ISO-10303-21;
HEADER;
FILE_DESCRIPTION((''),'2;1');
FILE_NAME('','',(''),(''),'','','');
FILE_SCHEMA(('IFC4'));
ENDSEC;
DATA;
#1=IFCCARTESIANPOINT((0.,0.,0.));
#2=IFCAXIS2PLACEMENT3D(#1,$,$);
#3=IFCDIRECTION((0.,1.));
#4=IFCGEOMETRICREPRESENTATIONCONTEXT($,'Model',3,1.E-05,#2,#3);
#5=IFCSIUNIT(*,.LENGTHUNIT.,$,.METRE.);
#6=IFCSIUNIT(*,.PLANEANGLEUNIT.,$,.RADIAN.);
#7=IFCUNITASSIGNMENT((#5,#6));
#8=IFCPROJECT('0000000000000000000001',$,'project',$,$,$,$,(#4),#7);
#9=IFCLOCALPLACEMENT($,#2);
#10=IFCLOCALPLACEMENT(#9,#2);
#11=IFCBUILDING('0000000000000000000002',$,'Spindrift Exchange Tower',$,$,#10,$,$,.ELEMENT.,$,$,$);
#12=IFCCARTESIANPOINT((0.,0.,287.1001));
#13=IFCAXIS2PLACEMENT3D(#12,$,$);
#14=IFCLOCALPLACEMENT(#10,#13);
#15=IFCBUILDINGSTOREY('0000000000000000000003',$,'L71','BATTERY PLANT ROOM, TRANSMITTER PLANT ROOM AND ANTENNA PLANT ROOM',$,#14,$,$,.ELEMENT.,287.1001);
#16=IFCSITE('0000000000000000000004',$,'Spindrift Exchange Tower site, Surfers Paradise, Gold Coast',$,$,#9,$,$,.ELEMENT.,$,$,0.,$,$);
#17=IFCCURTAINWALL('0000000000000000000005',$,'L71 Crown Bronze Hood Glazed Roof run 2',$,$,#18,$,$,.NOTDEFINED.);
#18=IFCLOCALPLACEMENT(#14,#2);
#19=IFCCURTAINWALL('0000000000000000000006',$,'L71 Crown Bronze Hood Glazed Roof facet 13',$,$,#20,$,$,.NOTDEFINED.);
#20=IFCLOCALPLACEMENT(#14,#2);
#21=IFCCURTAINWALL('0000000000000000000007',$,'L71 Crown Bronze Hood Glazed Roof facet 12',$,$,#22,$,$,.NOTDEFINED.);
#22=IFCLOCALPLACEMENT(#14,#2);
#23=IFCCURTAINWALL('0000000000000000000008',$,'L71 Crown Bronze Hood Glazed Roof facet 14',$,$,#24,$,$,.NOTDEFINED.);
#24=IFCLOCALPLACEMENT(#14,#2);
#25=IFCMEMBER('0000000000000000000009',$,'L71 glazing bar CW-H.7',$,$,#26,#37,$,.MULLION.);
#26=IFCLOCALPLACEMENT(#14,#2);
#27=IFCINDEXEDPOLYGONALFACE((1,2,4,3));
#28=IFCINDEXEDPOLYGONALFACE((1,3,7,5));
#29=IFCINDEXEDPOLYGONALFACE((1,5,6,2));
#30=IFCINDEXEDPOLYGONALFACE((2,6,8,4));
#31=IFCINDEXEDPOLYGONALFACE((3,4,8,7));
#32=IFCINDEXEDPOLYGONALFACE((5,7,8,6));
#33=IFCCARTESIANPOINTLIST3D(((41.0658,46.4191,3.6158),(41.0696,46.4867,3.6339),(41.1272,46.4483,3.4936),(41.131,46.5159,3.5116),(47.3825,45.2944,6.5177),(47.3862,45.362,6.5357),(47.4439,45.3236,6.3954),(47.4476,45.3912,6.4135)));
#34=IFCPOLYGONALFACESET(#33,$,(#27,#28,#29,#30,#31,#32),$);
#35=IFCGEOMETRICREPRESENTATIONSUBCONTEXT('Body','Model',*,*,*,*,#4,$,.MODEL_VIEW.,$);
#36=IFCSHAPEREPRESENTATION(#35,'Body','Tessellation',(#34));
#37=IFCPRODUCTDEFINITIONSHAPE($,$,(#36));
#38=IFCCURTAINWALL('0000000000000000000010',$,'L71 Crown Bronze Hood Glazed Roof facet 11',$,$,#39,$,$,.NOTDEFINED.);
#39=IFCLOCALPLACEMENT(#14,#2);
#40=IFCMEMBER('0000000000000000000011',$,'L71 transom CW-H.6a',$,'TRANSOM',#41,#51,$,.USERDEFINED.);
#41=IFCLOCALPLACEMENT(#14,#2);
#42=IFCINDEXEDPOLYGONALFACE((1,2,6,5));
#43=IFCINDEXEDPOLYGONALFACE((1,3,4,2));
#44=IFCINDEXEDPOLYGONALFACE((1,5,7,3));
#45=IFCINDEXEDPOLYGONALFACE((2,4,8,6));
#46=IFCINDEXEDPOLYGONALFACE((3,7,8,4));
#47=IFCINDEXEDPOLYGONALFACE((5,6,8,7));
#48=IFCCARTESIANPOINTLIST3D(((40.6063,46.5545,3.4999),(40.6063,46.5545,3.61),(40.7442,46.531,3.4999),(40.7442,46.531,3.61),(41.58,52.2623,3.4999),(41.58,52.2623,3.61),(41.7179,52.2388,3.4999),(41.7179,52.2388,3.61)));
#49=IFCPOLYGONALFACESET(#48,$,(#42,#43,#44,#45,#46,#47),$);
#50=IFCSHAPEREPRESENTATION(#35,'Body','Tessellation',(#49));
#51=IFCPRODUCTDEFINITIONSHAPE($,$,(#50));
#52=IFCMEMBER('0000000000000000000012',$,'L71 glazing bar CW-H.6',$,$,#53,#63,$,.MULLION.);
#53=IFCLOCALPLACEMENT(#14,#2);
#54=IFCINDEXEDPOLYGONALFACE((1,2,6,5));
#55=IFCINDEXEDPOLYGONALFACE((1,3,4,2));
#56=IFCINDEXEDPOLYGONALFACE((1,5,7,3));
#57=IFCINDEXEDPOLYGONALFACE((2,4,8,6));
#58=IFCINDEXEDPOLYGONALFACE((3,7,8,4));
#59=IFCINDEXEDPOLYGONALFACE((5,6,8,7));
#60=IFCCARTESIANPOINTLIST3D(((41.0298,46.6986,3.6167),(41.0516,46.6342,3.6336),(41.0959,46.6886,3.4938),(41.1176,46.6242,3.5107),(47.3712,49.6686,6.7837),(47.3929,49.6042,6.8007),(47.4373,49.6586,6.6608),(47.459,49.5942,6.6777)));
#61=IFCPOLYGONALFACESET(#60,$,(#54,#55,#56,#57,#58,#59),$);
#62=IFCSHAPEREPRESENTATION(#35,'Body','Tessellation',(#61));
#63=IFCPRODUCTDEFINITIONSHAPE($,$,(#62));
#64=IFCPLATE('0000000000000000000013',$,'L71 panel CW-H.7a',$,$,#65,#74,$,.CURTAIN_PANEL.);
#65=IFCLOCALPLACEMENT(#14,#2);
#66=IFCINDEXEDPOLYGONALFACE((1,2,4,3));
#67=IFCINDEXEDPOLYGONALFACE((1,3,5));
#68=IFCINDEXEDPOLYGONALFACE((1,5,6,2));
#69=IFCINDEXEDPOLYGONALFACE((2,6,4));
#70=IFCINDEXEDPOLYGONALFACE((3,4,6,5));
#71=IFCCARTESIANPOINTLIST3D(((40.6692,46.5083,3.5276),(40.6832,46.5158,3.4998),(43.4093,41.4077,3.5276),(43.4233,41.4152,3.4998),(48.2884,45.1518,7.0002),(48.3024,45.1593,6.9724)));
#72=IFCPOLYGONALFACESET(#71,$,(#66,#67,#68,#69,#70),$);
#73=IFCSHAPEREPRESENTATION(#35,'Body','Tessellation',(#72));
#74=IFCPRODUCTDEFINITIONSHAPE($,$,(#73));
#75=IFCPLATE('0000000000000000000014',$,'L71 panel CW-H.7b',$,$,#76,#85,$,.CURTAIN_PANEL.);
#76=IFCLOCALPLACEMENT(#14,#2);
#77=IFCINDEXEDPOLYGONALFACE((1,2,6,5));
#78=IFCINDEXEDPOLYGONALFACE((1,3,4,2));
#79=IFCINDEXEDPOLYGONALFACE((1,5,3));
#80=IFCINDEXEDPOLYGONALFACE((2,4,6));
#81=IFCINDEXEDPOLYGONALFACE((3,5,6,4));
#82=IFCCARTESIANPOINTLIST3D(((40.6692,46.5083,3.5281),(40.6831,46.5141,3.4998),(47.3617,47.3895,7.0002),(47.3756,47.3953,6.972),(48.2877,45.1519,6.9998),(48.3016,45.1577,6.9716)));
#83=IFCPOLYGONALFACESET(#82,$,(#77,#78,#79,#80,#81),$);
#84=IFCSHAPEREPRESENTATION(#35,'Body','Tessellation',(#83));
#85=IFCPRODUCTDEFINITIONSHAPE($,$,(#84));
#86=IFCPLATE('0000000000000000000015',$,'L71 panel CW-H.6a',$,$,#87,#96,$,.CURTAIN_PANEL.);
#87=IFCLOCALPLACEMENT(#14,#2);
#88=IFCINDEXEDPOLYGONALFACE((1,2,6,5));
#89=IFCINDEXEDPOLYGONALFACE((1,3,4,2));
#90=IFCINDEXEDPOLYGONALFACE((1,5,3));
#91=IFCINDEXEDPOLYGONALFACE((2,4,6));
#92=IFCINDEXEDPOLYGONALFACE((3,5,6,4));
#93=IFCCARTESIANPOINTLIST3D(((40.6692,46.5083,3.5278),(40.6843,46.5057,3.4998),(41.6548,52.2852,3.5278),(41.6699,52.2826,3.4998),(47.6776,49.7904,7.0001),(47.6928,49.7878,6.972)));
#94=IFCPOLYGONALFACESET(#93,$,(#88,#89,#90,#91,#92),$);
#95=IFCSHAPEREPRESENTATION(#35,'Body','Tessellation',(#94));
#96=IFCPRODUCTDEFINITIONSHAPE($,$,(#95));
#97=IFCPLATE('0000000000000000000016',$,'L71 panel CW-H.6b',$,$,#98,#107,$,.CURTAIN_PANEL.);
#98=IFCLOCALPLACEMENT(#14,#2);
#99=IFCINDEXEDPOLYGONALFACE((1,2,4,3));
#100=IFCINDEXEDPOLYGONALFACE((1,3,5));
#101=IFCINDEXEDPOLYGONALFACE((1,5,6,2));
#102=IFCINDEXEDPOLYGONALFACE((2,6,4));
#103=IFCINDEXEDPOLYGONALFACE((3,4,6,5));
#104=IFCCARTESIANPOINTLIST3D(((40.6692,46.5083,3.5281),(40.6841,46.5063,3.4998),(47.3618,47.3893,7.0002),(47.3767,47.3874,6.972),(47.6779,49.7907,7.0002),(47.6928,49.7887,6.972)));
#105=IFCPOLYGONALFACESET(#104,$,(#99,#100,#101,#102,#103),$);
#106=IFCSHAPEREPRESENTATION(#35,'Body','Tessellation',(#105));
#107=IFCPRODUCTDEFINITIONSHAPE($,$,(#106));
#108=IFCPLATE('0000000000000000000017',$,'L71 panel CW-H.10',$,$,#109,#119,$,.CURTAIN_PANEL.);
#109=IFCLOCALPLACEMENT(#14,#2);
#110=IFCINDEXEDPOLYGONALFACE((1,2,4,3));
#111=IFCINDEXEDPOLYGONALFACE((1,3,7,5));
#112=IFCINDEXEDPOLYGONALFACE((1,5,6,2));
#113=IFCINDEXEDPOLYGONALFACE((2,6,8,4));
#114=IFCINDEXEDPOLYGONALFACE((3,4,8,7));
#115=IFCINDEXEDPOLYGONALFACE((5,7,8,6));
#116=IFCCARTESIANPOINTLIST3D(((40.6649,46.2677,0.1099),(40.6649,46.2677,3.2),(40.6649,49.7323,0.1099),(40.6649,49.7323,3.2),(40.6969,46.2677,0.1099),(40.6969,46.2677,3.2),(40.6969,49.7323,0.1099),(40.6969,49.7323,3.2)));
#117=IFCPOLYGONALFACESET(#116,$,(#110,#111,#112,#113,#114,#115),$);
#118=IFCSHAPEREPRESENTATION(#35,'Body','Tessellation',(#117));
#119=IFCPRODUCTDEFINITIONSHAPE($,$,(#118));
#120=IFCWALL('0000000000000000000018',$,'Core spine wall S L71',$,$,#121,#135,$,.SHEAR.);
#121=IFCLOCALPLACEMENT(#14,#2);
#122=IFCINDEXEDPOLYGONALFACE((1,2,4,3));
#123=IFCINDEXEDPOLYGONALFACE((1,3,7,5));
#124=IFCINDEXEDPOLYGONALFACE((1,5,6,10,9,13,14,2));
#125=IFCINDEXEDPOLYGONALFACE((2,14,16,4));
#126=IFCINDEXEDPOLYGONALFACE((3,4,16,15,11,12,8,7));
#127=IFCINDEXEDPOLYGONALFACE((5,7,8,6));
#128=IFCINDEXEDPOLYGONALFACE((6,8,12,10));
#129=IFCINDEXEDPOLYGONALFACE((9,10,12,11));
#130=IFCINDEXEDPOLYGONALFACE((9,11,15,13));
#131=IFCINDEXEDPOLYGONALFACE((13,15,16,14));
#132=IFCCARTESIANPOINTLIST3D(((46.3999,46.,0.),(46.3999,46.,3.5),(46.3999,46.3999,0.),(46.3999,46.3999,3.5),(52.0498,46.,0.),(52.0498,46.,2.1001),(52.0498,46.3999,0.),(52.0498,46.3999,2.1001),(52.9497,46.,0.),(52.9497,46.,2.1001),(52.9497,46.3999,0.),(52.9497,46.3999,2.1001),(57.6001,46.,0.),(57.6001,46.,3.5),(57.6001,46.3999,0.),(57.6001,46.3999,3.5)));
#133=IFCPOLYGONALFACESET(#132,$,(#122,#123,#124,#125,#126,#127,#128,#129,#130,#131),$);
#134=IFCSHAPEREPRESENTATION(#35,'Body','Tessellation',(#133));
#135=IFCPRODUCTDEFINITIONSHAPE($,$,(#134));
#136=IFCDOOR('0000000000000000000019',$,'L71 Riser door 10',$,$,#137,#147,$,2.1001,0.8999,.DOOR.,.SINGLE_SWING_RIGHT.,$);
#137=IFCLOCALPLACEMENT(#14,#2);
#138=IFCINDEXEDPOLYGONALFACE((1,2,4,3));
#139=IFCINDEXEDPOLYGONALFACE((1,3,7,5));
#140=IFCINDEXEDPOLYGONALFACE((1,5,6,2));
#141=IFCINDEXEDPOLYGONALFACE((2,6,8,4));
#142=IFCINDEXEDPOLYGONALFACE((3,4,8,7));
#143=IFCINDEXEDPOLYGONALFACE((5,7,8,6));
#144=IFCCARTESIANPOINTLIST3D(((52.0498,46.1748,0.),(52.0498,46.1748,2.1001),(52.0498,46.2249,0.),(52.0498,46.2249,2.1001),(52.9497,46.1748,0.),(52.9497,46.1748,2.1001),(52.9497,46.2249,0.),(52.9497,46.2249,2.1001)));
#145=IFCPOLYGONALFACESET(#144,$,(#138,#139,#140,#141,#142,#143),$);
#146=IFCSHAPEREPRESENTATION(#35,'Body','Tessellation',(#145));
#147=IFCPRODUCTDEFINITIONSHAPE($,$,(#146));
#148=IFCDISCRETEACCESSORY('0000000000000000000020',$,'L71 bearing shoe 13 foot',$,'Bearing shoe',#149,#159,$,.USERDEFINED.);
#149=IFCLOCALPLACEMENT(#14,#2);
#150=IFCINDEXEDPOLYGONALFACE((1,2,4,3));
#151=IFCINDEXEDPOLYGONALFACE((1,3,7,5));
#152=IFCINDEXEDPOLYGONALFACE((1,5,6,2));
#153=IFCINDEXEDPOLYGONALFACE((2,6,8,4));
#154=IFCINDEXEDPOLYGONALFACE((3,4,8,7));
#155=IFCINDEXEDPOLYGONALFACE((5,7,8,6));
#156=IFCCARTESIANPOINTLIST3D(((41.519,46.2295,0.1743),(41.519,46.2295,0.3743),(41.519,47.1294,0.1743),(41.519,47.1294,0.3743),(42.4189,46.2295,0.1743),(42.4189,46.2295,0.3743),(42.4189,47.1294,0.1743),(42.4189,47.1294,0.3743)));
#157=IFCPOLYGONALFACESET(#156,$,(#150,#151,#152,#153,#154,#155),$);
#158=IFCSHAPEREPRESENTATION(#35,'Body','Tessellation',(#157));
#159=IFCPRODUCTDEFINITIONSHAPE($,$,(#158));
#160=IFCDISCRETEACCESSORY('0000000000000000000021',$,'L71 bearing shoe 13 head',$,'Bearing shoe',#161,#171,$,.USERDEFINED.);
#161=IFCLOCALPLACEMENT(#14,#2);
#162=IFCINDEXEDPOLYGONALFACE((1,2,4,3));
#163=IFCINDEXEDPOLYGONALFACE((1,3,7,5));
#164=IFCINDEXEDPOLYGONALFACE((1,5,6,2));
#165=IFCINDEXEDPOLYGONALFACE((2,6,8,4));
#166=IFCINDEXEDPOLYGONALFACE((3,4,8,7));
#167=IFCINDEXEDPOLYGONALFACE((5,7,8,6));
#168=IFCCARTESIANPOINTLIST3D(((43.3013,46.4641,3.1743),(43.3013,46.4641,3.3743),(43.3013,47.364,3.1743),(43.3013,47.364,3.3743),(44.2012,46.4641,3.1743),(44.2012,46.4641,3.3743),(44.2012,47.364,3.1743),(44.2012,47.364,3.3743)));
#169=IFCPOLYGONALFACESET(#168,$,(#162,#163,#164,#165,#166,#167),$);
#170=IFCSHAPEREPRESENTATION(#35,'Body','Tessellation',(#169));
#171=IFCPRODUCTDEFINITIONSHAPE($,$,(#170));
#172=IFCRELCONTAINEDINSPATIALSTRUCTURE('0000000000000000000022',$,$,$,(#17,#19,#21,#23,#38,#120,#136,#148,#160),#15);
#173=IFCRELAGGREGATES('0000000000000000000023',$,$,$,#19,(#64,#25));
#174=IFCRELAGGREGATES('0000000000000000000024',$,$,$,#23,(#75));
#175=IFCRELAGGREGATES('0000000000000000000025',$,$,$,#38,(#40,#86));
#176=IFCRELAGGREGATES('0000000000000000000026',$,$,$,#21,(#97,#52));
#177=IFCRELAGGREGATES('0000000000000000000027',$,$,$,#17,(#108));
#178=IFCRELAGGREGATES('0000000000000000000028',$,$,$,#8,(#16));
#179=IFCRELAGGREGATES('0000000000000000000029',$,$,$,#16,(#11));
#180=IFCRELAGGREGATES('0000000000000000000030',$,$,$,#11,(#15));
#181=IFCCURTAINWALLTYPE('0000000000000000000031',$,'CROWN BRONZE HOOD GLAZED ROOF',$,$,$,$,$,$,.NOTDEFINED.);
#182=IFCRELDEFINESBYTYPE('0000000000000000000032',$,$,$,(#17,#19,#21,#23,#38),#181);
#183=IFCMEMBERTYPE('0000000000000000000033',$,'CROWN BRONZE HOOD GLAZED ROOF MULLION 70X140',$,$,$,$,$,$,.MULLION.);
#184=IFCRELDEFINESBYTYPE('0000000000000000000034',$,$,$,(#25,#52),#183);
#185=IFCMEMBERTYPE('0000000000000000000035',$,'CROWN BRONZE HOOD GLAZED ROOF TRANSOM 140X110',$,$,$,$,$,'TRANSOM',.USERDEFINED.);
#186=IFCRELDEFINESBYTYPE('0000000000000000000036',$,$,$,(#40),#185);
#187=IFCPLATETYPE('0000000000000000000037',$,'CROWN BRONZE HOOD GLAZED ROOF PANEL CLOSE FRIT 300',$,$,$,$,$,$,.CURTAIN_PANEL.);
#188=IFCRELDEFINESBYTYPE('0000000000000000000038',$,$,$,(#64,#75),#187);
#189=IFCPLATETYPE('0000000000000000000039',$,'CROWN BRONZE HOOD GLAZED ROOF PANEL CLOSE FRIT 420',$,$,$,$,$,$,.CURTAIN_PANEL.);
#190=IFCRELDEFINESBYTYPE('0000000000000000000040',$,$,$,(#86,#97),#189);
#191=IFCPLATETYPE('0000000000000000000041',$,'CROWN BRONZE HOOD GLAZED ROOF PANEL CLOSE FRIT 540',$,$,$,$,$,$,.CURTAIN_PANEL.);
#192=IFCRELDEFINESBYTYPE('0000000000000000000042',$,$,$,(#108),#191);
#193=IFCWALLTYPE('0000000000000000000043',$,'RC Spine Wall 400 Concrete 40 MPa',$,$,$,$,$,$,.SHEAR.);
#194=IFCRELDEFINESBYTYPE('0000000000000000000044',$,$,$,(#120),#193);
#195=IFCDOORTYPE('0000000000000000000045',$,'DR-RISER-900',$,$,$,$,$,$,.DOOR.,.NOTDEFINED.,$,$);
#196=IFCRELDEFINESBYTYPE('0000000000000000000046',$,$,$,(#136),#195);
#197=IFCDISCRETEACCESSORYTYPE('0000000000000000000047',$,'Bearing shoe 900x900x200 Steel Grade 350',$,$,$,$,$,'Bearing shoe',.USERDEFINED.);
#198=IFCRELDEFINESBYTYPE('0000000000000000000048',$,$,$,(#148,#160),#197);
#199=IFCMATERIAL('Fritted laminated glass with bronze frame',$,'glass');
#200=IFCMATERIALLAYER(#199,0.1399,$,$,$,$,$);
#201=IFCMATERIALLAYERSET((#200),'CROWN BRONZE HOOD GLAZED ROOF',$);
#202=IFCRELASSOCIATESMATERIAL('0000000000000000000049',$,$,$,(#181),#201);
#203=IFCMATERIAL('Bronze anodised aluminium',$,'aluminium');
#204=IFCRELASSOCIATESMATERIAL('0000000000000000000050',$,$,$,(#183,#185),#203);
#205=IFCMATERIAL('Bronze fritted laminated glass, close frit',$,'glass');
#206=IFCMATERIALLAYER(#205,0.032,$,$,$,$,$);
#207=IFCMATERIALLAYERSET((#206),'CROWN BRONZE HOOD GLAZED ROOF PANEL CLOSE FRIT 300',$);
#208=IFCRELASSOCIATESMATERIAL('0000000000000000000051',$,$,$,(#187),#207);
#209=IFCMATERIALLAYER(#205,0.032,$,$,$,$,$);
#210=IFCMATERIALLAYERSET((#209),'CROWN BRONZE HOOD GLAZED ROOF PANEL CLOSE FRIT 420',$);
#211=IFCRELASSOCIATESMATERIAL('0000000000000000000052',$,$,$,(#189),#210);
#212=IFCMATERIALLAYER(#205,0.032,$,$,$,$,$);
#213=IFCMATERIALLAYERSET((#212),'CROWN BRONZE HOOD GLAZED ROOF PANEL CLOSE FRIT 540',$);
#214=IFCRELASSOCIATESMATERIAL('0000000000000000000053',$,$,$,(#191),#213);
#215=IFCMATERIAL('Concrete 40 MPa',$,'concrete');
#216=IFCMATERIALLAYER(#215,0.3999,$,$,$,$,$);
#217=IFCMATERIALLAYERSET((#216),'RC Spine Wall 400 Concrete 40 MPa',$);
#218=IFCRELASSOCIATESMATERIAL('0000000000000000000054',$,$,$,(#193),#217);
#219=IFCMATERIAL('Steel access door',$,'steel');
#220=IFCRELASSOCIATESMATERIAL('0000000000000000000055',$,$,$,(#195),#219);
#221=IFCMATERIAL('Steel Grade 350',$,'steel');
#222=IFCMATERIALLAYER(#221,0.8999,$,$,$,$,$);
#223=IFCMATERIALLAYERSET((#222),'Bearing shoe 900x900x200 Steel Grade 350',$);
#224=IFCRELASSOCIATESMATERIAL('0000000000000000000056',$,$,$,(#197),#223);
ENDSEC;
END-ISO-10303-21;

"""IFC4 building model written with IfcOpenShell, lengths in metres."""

from ifc_helpers import new_model, si_unit, direction, frame, frame_2d, origin, origin_2d, place, context, subcontext, project, spatial, line, indexed_curve, rectangle, outline, extrude, source, transform, mapped, material, layer, layer_set, material_profile, profile_set, type_object, element, fill, aggregate, save


model = new_model("IFC4")

# Units and contexts
model_context = context("Model", 3, precision=1e-05, world=origin(), true_north=direction((0.0, 1.0)))
body_context = subcontext(model_context, "Body", "Model", "MODEL_VIEW")
ifc_project = project(units=[si_unit("LENGTHUNIT", "METRE"), si_unit("PLANEANGLEUNIT", "RADIAN")], contexts=[model_context])

# Site, building, storey
site_placement = place(None, origin())
site = spatial("IfcSite", under=ifc_project, at=site_placement, Name="Spindrift Exchange Tower site, Surfers Paradise, Gold Coast", CompositionType="ELEMENT", RefElevation=0.0)
building_placement = place(site_placement, origin())
building = spatial("IfcBuilding", under=site, at=building_placement, Name="Spindrift Exchange Tower", CompositionType="ELEMENT")
storey_placement = place(building_placement, frame((0.0, 0.0, 287.1001)))
storey = spatial("IfcBuildingStorey", under=building, at=storey_placement, Name="L71", Description="BATTERY PLANT ROOM, TRANSMITTER PLANT ROOM AND ANTENNA PLANT ROOM", CompositionType="ELEMENT", Elevation=287.1001)

# Shared definitions
ifc_material_1 = material(Name="Concrete 40 MPa", Category="concrete")

# Curtain wall
ifc_material_2 = material(Name="Fritted laminated glass with bronze frame", Category="glass")
ifc_layer_1 = layer(ifc_material_2, 0.1399)
ifc_layer_set_1 = layer_set([ifc_layer_1], Name="CROWN BRONZE HOOD GLAZED ROOF")
curtain_wall_type = type_object("IfcCurtainWallType", Name="CROWN BRONZE HOOD GLAZED ROOF", PredefinedType="NOTDEFINED", material=ifc_layer_set_1)
curtain_wall_1_placement = place(storey_placement, origin())
curtain_wall_1 = element("IfcCurtainWall", 1, at=curtain_wall_1_placement, inside=storey, type_object=curtain_wall_type, Name="L71 Crown Bronze Hood Glazed Roof run 2", PredefinedType="NOTDEFINED")
ifc_material_3 = material(Name="Bronze anodised aluminium", Category="aluminium")
ifc_material_profile_1 = material_profile(ifc_material_3, rectangle(XDim=0.0701, YDim=0.1399, at=origin_2d()), Name="CROWN BRONZE HOOD GLAZED ROOF MULLION 70X140")
ifc_profile_set_1 = profile_set([ifc_material_profile_1], Name="Bronze anodised aluminium")
member_type_1 = type_object("IfcMemberType", Name="CROWN BRONZE HOOD GLAZED ROOF MULLION 70X140", PredefinedType="MULLION", material=ifc_profile_set_1)
ifc_material_profile_2 = material_profile(ifc_material_3, rectangle(XDim=0.1399, YDim=0.1101, at=origin_2d()), Name="CROWN BRONZE HOOD GLAZED ROOF TRANSOM 140X110")
ifc_profile_set_2 = profile_set([ifc_material_profile_2], Name="Bronze anodised aluminium")
member_type_2 = type_object("IfcMemberType", Name="CROWN BRONZE HOOD GLAZED ROOF TRANSOM 140X110", ElementType="TRANSOM", PredefinedType="USERDEFINED", material=ifc_profile_set_2)

# Curtain walls
curtain_wall_2_placement = place(storey_placement, origin())
curtain_wall_2 = element("IfcCurtainWall", 2, at=curtain_wall_2_placement, inside=storey, type_object=curtain_wall_type, Name="L71 Crown Bronze Hood Glazed Roof facet 13", PredefinedType="NOTDEFINED")
curtain_wall_3_placement = place(storey_placement, origin())
curtain_wall_3 = element("IfcCurtainWall", 3, at=curtain_wall_3_placement, inside=storey, type_object=curtain_wall_type, Name="L71 Crown Bronze Hood Glazed Roof facet 12", PredefinedType="NOTDEFINED")

# Curtain wall
curtain_wall_4_placement = place(storey_placement, origin())
curtain_wall_4 = element("IfcCurtainWall", 4, at=curtain_wall_4_placement, inside=storey, type_object=curtain_wall_type, Name="L71 Crown Bronze Hood Glazed Roof facet 14", PredefinedType="NOTDEFINED")

# Member
shared_shape_1 = source(origin(), body_context, "Body", "SweptSolid", [
    extrude(rectangle(XDim=0.0701, YDim=0.1399, at=origin_2d()), origin(), (0.0, 0.0, 1.0), 7.0417),
])
member_1_placement = place(storey_placement, frame((41.0984, 46.4675, 3.5637), z_axis=(0.897031, -0.159727, 0.412094), x_axis=(0.053573, 0.964832, 0.257352)))
member_1 = element("IfcMember", 5, at=member_1_placement, type_object=member_type_1, Name="L71 glazing bar CW-H.7", PredefinedType="MULLION", context=body_context, shape_type="MappedRepresentation", body=[
    mapped(shared_shape_1, transform((0.0, 0.0, 0.0), scale=1.0)),
])

# Curtain wall, member
curtain_wall_5_placement = place(storey_placement, origin())
curtain_wall_5 = element("IfcCurtainWall", 6, at=curtain_wall_5_placement, inside=storey, type_object=curtain_wall_type, Name="L71 Crown Bronze Hood Glazed Roof facet 11", PredefinedType="NOTDEFINED")
shared_shape_2 = source(origin(), body_context, "Body", "SweptSolid", [
    extrude(rectangle(XDim=0.1399, YDim=0.1101, at=origin_2d()), origin(), (0.0, 0.0, 1.0), 5.7903),
])
member_2_placement = place(storey_placement, frame((40.6753, 46.5427, 3.5549), z_axis=(0.168152, 0.985761, 0.0), x_axis=(-0.985761, 0.168152, 0.0)))
member_2 = element("IfcMember", 7, at=member_2_placement, type_object=member_type_2, Name="L71 transom CW-H.6a", ObjectType="TRANSOM", PredefinedType="USERDEFINED", context=body_context, shape_type="MappedRepresentation", body=[
    mapped(shared_shape_2, transform((0.0, 0.0, 0.0), scale=1.0)),
])

# Member
shared_shape_3 = source(origin(), body_context, "Body", "SweptSolid", [
    extrude(rectangle(XDim=0.0701, YDim=0.1399, at=origin_2d()), origin(), (0.0, 0.0, 1.0), 7.6853),
])
member_3_placement = place(storey_placement, frame((41.0737, 46.6614, 3.5637), z_axis=(0.825129, 0.386452, 0.412088), x_axis=(-0.310094, 0.91954, -0.241429)))
member_3 = element("IfcMember", 8, at=member_3_placement, type_object=member_type_1, Name="L71 glazing bar CW-H.6", PredefinedType="MULLION", context=body_context, shape_type="MappedRepresentation", body=[
    mapped(shared_shape_3, transform((0.0, 0.0, 0.0), scale=1.0)),
])

# Plates
ifc_material_4 = material(Name="Bronze fritted laminated glass, close frit", Category="glass")
ifc_layer_2 = layer(ifc_material_4, 0.032)
ifc_layer_set_2 = layer_set([ifc_layer_2], Name="CROWN BRONZE HOOD GLAZED ROOF PANEL CLOSE FRIT 300")
plate_type_1 = type_object("IfcPlateType", Name="CROWN BRONZE HOOD GLAZED ROOF PANEL CLOSE FRIT 300", PredefinedType="CURTAIN_PANEL", material=ifc_layer_set_2)
plate_1_placement = place(storey_placement, frame((40.6692, 46.5083, 3.5276), z_axis=(-0.43744, -0.235, 0.867998), x_axis=(0.47325, -0.880928, 0.0)))
plate_1 = element("IfcPlate", 9, at=plate_1_placement, type_object=plate_type_1, Name="L71 panel CW-H.7a", PredefinedType="CURTAIN_PANEL", context=body_context, shape_type="SweptSolid", body=[
    extrude(outline(indexed_curve([(0.0, 0.0), (5.79, 0.0), (4.8008, 6.9932)], segments=[line(1, 2, 3, 1)], self_intersect=False)), origin(), (0.0, 0.0, -1.0), 0.032),
])
aggregate(curtain_wall_2, [plate_1, member_1])
plate_2_placement = place(storey_placement, frame((40.6692, 46.5083, 3.5281), z_axis=(-0.434247, -0.179858, 0.882656), x_axis=(0.898259, -0.159923, 0.409336)))
plate_2 = element("IfcPlate", 10, at=plate_2_placement, type_object=plate_type_1, Name="L71 panel CW-H.7b", PredefinedType="CURTAIN_PANEL", context=body_context, shape_type="SweptSolid", body=[
    extrude(outline(indexed_curve([(0.0, 0.0), (8.4814, 0.0), (7.292, 2.1094)], segments=[line(1, 2, 3, 1)], self_intersect=False)), origin(), (0.0, 0.0, -1.0), 0.032),
])
aggregate(curtain_wall_4, [plate_2])
ifc_layer_3 = layer(ifc_material_4, 0.032)
ifc_layer_set_3 = layer_set([ifc_layer_3], Name="CROWN BRONZE HOOD GLAZED ROOF PANEL CLOSE FRIT 420")
plate_type_2 = type_object("IfcPlateType", Name="CROWN BRONZE HOOD GLAZED ROOF PANEL CLOSE FRIT 420", PredefinedType="CURTAIN_PANEL", material=ifc_layer_set_3)
plate_3_placement = place(storey_placement, frame((40.6692, 46.5083, 3.5278), z_axis=(-0.472556, 0.080623, 0.877605), x_axis=(0.168181, 0.985756, 0.0)))
plate_3 = element("IfcPlate", 11, at=plate_3_placement, type_object=plate_type_2, Name="L71 panel CW-H.6a", PredefinedType="CURTAIN_PANEL", context=body_context, shape_type="SweptSolid", body=[
    extrude(outline(indexed_curve([(0.0, 0.0), (5.8604, 0.0), (4.4141, -7.2432)], segments=[line(1, 2, 3, 1)], self_intersect=False)), origin(), (0.0, 0.0, -1.0), 0.032),
])
aggregate(curtain_wall_5, [member_2, plate_3])
plate_4_placement = place(storey_placement, frame((40.6692, 46.5083, 3.5281), z_axis=(-0.466004, 0.06136, 0.882652), x_axis=(0.82626, 0.386966, 0.409331)))
plate_4 = element("IfcPlate", 12, at=plate_4_placement, type_object=plate_type_2, Name="L71 panel CW-H.6b", PredefinedType="CURTAIN_PANEL", context=body_context, shape_type="SweptSolid", body=[
    extrude(outline(indexed_curve([(0.0, 0.0), (8.4824, 0.0), (7.292, -2.1094)], segments=[line(1, 2, 3, 1)], self_intersect=False)), origin(), (0.0, 0.0, -1.0), 0.032),
])
aggregate(curtain_wall_3, [plate_4, member_3])
ifc_layer_4 = layer(ifc_material_4, 0.032)
ifc_layer_set_4 = layer_set([ifc_layer_4], Name="CROWN BRONZE HOOD GLAZED ROOF PANEL CLOSE FRIT 540")
plate_type_3 = type_object("IfcPlateType", Name="CROWN BRONZE HOOD GLAZED ROOF PANEL CLOSE FRIT 540", PredefinedType="CURTAIN_PANEL", material=ifc_layer_set_4)
shared_shape_4 = source(origin(), body_context, "Body", "SweptSolid", [
    extrude(rectangle(XDim=3.4646, YDim=0.032, at=origin_2d()), origin(), (0.0, 0.0, 1.0), 3.0901),
])
plate_5_placement = place(storey_placement, frame((40.6809, 48.0, 0.1099), z_axis=(0.0, 0.0, 1.0), x_axis=(0.0, -1.0, 0.0)))
plate_5 = element("IfcPlate", 13, at=plate_5_placement, type_object=plate_type_3, Name="L71 panel CW-H.10", PredefinedType="CURTAIN_PANEL", context=body_context, shape_type="MappedRepresentation", body=[
    mapped(shared_shape_4, transform((0.0, 0.0, 0.0), scale=1.0)),
])
aggregate(curtain_wall_1, [plate_5])

# Wall, opening, door
ifc_layer_5 = layer(ifc_material_1, 0.3999)
ifc_layer_set_5 = layer_set([ifc_layer_5], Name="RC Spine Wall 400 Concrete 40 MPa")
wall_type = type_object("IfcWallType", Name="RC Spine Wall 400 Concrete 40 MPa", PredefinedType="SHEAR", material=ifc_layer_set_5)
wall_placement = place(storey_placement, frame((46.3999, 46.2, 0.0), z_axis=(0.0, 0.0, 1.0), x_axis=(1.0, 0.0, 0.0)))
wall = element("IfcWall", 14, at=wall_placement, inside=storey, type_object=wall_type, Name="Core spine wall S L71", PredefinedType="SHEAR", context=body_context, shape_type="SweptSolid", body=[
    extrude(rectangle(XDim=11.2002, YDim=0.3999, at=frame_2d((5.6001, 0.0))), origin(), (0.0, 0.0, 1.0), 3.5),
])
opening_placement = place(wall_placement, frame((5.6499, 0.0, 0.0)))
opening = element("IfcOpeningElement", 15, at=opening_placement, cuts=wall, PredefinedType="OPENING", context=body_context, shape_type="SweptSolid", body=[
    extrude(rectangle(XDim=0.8999, YDim=2.1001, at=frame_2d((0.45, 1.05))), frame((0.0, 0.21, 0.0), z_axis=(0.0, -1.0, 0.0), x_axis=(1.0, 0.0, 0.0)), (0.0, 0.0, 1.0), 0.4199),
])
ifc_material_5 = material(Name="Steel access door", Category="steel")
door_type = type_object("IfcDoorType", Name="DR-RISER-900", OperationType="NOTDEFINED", PredefinedType="DOOR", material=ifc_material_5)
shared_shape_5 = source(origin(), body_context, "Body", "SweptSolid", [
    extrude(rectangle(XDim=0.8999, YDim=2.1001, at=frame_2d((0.45, 1.05))), frame((0.0, 0.0249, 0.0), z_axis=(0.0, -1.0, 0.0), x_axis=(1.0, 0.0, 0.0)), (0.0, 0.0, 1.0), 0.05),
])
door_placement = place(opening_placement, origin())
door = element("IfcDoor", 16, at=door_placement, inside=storey, type_object=door_type, Name="L71 Riser door 10", OperationType="SINGLE_SWING_RIGHT", OverallHeight=2.1001, OverallWidth=0.8999, PredefinedType="DOOR", context=body_context, shape_type="MappedRepresentation", body=[
    mapped(shared_shape_5, transform((0.0, 0.0, 0.0), scale=1.0)),
])
fill(opening, door)

# Discrete accessories
ifc_material_6 = material(Name="Steel Grade 350", Category="steel")
ifc_layer_6 = layer(ifc_material_6, 0.8999)
ifc_layer_set_6 = layer_set([ifc_layer_6], Name="Bearing shoe 900x900x200 Steel Grade 350")
discrete_accessory_type = type_object("IfcDiscreteAccessoryType", Name="Bearing shoe 900x900x200 Steel Grade 350", ElementType="Bearing shoe", PredefinedType="USERDEFINED", material=ifc_layer_set_6)
shared_shape_6 = source(origin(), body_context, "Body", "SweptSolid", [
    extrude(rectangle(XDim=0.8999, YDim=0.8999, at=origin_2d()), origin(), (0.0, 0.0, 1.0), 0.2),
])
for number, where, z_axis, x_axis, name in (
    (17, (41.969, 46.6794, 0.1743), (0.0, 0.0, 1.0), (1.0, 0.0, 0.0), "L71 bearing shoe 13 foot"),
    (18, (43.7512, 46.9141, 3.1743), (0.0, 0.0, 1.0), (1.0, 0.0, 0.0), "L71 bearing shoe 13 head"),
):
    element("IfcDiscreteAccessory", number, at=place(storey_placement, frame(where, z_axis=z_axis, x_axis=x_axis)), inside=storey, type_object=discrete_accessory_type, Name=name, ObjectType="Bearing shoe", PredefinedType="USERDEFINED", context=body_context, shape_type="MappedRepresentation", body=[
        mapped(shared_shape_6, transform((0.0, 0.0, 0.0), scale=1.0)),
    ])

save(model, "model.ifc")
